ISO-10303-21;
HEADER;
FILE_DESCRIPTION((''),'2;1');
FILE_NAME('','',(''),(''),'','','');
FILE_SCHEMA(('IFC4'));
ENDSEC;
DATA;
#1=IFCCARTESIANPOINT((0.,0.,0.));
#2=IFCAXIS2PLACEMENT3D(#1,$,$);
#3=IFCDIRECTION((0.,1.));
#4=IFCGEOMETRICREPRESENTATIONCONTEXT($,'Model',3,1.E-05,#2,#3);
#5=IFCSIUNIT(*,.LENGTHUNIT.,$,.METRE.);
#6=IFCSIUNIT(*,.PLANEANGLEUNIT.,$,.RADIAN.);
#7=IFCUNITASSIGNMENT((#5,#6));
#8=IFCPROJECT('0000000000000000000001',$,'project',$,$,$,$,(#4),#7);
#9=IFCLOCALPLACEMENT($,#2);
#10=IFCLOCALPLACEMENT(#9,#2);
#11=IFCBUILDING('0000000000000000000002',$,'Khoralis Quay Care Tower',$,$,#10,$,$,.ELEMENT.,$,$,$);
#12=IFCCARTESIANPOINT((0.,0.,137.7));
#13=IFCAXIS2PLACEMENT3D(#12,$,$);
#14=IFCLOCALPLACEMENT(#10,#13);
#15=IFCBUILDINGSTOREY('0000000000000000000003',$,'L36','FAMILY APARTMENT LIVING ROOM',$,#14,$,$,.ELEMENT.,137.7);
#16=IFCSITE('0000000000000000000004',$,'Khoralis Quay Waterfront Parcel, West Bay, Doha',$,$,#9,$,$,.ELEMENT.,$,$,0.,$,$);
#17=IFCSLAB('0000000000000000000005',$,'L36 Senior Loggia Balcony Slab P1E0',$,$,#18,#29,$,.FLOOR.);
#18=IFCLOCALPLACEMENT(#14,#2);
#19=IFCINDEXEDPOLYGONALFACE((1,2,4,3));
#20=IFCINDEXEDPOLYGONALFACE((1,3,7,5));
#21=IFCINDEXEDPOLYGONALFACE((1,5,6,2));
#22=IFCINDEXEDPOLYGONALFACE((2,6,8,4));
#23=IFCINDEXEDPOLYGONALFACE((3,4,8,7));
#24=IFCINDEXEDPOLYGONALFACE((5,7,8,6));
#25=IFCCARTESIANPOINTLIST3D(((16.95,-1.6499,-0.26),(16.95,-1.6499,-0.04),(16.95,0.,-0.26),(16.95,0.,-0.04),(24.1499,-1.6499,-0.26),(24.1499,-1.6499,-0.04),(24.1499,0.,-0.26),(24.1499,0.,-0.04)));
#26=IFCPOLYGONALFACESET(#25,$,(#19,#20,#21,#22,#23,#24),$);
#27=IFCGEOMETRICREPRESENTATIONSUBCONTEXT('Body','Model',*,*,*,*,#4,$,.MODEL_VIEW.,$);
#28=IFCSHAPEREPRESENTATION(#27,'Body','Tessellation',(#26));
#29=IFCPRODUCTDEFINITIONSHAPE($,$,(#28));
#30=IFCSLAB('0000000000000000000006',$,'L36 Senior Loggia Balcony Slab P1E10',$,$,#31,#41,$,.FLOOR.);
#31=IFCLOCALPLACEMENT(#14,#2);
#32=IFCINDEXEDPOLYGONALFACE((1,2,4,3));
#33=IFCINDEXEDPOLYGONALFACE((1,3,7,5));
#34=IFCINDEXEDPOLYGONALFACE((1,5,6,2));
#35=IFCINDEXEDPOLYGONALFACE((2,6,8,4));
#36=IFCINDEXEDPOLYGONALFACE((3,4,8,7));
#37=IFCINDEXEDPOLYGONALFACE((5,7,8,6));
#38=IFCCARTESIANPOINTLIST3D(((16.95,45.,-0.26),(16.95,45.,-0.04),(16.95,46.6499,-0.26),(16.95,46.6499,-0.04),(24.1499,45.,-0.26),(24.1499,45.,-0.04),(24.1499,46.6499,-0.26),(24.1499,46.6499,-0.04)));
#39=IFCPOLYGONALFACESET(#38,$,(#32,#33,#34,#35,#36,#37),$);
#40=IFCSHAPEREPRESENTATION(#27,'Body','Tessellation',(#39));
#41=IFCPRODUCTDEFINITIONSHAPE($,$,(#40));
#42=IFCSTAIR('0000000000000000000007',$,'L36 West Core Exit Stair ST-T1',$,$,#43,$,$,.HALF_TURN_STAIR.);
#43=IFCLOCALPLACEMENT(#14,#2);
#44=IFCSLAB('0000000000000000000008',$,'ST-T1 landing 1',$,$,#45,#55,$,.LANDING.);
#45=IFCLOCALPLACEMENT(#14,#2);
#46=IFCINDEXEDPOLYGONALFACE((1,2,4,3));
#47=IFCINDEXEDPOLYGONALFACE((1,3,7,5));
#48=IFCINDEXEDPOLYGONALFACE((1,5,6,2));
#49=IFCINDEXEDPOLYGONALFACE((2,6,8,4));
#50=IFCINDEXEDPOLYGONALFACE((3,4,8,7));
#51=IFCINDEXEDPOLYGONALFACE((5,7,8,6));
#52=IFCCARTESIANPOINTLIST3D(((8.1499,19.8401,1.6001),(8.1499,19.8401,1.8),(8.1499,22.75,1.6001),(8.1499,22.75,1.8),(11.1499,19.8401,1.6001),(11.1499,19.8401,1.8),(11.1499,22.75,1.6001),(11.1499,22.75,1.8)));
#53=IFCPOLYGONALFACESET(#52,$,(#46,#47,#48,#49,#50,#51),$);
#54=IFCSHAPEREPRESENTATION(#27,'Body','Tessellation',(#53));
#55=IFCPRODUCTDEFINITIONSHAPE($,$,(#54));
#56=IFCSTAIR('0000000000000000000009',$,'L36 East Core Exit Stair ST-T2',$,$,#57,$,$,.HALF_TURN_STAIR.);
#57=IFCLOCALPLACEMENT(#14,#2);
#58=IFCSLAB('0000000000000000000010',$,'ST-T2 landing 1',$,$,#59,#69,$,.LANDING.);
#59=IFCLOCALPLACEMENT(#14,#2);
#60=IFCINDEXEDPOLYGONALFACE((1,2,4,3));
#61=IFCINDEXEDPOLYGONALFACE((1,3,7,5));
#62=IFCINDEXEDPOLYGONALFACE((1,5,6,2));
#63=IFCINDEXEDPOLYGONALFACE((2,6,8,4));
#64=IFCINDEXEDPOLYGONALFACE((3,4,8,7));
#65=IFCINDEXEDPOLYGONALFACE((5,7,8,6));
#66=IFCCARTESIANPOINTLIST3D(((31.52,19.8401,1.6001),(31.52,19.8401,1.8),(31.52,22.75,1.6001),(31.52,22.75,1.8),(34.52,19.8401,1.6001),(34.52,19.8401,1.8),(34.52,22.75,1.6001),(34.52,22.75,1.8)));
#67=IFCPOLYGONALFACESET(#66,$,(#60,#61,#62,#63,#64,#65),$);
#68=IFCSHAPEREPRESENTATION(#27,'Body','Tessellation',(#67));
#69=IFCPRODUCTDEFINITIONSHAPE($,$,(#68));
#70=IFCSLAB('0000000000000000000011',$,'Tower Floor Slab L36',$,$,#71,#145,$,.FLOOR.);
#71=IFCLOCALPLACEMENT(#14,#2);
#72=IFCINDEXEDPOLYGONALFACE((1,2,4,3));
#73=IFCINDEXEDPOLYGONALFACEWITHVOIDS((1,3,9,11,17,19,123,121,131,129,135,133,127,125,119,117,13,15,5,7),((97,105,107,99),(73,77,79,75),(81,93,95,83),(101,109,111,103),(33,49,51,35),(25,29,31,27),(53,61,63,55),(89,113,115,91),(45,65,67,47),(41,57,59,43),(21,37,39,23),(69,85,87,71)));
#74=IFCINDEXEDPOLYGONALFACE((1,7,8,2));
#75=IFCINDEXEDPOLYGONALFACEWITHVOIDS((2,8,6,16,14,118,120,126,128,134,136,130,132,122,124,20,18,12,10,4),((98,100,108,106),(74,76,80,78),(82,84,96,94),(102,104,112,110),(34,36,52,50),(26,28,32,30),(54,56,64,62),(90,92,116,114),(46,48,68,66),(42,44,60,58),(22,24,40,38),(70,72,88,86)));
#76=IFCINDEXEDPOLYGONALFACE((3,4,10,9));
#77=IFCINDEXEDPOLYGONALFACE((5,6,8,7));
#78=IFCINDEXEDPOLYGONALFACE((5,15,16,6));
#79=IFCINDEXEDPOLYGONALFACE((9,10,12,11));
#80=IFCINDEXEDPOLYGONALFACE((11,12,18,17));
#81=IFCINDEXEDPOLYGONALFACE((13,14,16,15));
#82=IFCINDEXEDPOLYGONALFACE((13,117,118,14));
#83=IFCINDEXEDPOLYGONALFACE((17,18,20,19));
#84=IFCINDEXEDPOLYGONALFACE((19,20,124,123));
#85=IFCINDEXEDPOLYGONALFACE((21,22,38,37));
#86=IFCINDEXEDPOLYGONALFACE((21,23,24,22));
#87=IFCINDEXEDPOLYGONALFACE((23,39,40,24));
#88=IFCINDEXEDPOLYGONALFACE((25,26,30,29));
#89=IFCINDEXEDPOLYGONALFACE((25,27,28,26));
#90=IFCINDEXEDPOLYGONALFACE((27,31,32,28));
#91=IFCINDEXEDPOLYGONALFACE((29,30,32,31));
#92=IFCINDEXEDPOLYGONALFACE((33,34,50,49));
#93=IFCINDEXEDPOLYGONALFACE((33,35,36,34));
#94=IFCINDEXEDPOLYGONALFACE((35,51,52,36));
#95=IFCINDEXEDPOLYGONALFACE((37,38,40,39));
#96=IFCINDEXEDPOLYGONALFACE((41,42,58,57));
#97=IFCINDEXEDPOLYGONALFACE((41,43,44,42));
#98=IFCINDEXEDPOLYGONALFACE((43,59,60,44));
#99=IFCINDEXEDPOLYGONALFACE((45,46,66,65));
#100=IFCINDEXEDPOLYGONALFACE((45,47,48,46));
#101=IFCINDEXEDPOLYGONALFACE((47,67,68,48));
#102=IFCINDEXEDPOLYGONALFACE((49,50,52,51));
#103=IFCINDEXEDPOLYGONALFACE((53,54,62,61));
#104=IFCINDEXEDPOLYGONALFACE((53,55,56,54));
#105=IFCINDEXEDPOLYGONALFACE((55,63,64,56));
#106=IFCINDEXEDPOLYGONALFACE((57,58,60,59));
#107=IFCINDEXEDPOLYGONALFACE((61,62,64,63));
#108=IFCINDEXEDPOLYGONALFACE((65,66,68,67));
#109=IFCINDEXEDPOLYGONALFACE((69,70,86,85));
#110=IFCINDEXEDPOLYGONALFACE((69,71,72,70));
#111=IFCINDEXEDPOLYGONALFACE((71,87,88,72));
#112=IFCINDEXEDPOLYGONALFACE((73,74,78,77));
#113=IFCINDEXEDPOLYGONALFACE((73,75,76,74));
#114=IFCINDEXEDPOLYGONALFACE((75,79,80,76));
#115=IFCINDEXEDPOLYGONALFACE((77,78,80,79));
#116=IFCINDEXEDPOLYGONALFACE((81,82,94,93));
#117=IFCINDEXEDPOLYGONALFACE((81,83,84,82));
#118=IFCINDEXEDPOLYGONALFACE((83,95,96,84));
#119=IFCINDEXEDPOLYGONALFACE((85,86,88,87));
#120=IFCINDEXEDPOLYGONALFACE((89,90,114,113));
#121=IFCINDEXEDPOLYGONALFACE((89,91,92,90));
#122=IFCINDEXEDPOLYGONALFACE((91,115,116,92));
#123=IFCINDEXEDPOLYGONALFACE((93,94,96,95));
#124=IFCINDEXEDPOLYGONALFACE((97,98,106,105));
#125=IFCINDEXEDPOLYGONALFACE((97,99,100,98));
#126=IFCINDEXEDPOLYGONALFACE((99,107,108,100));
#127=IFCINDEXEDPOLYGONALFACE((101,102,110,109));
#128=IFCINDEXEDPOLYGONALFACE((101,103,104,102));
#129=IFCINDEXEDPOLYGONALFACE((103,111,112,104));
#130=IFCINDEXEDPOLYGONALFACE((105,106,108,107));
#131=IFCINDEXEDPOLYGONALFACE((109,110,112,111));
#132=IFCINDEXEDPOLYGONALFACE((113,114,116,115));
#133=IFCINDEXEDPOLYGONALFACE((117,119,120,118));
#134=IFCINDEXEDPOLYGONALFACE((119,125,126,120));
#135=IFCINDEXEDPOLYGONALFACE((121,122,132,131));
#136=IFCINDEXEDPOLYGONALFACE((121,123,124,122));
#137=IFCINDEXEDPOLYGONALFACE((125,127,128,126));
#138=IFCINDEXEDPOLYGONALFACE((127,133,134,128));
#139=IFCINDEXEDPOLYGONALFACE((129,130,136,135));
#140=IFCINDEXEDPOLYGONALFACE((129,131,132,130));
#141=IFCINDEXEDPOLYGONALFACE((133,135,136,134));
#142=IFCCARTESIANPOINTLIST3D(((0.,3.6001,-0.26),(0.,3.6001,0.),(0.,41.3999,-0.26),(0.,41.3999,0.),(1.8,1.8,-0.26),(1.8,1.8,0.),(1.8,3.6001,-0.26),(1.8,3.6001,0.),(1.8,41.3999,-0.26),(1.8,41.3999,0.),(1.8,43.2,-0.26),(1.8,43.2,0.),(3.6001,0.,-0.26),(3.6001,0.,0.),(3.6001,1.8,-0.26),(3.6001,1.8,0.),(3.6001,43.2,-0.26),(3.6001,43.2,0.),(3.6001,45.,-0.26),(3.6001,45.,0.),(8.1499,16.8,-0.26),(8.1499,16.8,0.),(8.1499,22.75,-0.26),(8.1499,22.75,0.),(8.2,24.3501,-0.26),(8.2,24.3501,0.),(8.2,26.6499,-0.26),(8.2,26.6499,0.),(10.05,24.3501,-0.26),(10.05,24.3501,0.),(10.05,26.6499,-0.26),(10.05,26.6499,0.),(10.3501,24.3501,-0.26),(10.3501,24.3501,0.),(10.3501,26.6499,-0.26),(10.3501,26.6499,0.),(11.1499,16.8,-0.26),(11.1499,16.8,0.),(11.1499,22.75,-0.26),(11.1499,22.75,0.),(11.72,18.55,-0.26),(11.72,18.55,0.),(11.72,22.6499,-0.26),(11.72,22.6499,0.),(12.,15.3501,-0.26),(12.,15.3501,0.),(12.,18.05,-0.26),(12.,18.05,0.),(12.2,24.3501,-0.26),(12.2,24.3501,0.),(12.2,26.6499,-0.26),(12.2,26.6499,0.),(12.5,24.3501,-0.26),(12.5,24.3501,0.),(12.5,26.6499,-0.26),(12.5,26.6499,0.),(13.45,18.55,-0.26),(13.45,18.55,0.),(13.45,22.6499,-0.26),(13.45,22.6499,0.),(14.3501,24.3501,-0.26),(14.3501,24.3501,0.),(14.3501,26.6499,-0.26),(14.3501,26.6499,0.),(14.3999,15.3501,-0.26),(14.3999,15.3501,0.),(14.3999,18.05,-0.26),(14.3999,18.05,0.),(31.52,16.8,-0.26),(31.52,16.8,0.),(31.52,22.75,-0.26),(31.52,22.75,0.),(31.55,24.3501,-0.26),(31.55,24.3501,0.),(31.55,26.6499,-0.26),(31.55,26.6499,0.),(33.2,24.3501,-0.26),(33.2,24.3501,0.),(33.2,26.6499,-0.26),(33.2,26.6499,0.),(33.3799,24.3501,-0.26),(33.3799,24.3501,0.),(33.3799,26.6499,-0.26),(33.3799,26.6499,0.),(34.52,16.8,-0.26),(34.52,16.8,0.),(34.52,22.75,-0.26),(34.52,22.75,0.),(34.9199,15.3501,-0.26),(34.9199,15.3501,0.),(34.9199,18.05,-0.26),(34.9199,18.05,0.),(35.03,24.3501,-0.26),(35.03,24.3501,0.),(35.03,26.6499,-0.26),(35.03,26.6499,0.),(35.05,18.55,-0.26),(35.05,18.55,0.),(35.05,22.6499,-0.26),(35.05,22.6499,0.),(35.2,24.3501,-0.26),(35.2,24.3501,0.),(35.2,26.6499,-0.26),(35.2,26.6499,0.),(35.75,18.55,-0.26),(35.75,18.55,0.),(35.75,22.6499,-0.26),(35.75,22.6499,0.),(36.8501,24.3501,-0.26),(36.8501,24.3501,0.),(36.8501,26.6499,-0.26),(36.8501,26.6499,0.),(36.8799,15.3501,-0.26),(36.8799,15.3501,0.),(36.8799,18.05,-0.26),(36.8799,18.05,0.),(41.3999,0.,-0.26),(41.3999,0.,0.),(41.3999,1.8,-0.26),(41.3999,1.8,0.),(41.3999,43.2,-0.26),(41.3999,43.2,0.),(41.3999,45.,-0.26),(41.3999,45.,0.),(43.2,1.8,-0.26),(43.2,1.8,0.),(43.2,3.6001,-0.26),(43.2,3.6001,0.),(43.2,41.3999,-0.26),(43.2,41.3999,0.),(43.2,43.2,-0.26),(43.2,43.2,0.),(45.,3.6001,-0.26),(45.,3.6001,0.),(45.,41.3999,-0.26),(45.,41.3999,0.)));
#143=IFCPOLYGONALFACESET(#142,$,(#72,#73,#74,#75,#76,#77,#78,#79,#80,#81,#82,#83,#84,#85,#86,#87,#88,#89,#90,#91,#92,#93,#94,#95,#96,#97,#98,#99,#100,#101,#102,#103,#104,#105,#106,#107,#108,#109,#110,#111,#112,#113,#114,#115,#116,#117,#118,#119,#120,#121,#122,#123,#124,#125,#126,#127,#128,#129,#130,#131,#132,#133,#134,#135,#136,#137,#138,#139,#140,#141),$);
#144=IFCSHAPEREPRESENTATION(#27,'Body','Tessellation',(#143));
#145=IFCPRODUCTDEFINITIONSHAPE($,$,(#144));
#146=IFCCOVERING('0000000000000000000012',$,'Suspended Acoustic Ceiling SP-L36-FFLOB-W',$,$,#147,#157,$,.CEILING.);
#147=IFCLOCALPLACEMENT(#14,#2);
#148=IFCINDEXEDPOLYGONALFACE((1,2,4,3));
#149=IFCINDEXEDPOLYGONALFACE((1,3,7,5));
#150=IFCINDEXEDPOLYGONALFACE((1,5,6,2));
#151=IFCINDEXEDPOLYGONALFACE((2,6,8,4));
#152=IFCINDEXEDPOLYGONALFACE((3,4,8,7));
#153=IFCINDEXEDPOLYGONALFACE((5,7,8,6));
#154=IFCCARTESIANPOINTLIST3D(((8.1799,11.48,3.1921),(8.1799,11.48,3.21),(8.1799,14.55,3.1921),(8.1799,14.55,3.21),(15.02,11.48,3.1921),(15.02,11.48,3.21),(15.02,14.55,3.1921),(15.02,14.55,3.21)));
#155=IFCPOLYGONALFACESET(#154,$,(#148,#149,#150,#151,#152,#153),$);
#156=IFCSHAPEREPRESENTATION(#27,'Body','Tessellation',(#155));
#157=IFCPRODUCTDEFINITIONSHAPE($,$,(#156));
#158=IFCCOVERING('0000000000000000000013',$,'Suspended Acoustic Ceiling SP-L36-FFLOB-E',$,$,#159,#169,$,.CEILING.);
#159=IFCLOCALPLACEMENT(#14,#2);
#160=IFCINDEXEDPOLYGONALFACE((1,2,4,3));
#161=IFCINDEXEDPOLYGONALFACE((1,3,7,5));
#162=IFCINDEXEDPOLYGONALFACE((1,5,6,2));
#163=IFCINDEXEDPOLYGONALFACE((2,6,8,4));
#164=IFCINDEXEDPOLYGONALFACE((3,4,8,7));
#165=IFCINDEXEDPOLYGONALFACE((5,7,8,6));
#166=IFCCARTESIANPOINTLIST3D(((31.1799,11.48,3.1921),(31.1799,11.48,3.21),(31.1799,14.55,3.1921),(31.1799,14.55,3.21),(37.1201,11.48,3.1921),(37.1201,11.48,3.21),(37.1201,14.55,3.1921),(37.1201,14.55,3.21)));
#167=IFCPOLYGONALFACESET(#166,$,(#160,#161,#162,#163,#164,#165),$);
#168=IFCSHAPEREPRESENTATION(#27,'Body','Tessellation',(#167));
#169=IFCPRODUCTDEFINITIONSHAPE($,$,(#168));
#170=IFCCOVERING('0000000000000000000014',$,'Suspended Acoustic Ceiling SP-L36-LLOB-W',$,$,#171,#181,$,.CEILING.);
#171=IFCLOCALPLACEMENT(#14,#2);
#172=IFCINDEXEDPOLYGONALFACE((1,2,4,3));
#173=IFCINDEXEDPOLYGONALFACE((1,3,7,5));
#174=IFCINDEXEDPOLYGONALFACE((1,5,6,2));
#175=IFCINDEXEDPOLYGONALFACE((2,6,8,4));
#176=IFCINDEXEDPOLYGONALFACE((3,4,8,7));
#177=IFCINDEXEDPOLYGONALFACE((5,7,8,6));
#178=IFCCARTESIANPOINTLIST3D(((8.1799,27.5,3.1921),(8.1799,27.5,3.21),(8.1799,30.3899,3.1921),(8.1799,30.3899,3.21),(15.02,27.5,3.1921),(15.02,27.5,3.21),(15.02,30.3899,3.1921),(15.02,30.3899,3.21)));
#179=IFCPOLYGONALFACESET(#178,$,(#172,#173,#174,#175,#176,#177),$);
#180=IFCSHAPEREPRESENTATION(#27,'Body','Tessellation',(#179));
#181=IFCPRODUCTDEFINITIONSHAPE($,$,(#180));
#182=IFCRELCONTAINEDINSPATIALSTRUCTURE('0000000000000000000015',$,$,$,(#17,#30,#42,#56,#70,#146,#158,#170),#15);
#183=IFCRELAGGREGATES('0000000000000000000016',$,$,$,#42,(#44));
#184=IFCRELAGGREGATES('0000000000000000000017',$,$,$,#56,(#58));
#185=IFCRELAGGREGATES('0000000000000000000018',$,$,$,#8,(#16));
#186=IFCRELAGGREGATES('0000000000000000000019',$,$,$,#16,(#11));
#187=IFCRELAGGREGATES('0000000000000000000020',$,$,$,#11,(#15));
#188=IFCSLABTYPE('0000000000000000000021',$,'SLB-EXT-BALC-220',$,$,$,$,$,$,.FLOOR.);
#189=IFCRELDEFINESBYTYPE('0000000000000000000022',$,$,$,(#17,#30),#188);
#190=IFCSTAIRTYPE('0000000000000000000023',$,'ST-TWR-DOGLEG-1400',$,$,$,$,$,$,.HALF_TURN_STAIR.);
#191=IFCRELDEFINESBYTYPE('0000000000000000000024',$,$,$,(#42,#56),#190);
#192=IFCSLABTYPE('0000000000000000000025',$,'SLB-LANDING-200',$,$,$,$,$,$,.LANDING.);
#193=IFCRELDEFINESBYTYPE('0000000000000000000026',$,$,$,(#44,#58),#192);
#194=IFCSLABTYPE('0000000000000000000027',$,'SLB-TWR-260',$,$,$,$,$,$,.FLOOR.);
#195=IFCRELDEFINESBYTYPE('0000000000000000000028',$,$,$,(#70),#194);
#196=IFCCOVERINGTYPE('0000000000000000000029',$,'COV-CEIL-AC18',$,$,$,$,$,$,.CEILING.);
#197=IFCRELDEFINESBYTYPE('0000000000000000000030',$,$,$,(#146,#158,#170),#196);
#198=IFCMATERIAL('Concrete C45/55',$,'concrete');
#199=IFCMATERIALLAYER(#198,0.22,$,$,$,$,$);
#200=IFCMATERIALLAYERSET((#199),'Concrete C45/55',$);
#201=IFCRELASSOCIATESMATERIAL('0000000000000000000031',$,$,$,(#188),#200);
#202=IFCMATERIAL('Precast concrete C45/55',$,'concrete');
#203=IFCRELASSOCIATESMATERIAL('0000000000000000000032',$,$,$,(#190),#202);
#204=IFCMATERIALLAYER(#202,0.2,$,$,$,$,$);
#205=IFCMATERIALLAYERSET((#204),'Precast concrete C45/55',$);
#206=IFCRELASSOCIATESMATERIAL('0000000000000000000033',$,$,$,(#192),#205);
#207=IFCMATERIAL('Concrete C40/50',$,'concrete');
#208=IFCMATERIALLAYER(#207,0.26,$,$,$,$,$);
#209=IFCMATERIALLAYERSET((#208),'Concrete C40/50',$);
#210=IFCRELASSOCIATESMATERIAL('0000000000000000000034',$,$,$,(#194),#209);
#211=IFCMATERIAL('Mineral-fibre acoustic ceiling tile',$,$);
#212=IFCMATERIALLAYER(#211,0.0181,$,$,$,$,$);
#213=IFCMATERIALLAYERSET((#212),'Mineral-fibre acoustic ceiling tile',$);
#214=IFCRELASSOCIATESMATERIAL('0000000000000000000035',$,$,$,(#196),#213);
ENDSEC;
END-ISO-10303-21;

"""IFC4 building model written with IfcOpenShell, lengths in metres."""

from ifc_helpers import new_model, si_unit, direction, frame, origin, place, context, subcontext, project, spatial, polyline, outline, extrude, material, layer, layer_set, type_object, element, aggregate, save


model = new_model("IFC4")

# Units and contexts
model_context = context("Model", 3, precision=1e-05, world=origin(), true_north=direction((0.0, 1.0)))
body_context = subcontext(model_context, "Body", "Model", "MODEL_VIEW")
ifc_project = project(units=[si_unit("LENGTHUNIT", "METRE"), si_unit("PLANEANGLEUNIT", "RADIAN")], contexts=[model_context])

# Site, building, storey
site_placement = place(None, origin())
site = spatial("IfcSite", under=ifc_project, at=site_placement, Name="Khoralis Quay Waterfront Parcel, West Bay, Doha", CompositionType="ELEMENT", RefElevation=0.0)
building_placement = place(site_placement, origin())
building = spatial("IfcBuilding", under=site, at=building_placement, Name="Khoralis Quay Care Tower", CompositionType="ELEMENT")
storey_placement = place(building_placement, frame((0.0, 0.0, 137.7)))
storey = spatial("IfcBuildingStorey", under=building, at=storey_placement, Name="L36", Description="FAMILY APARTMENT LIVING ROOM", CompositionType="ELEMENT", Elevation=137.7)

# Slabs
ifc_material_1 = material(Name="Concrete C45/55", Category="concrete")
ifc_layer_1 = layer(ifc_material_1, 0.22)
ifc_layer_set_1 = layer_set([ifc_layer_1], Name="Concrete C45/55")
slab_type_1 = type_object("IfcSlabType", Name="SLB-EXT-BALC-220", PredefinedType="FLOOR", material=ifc_layer_set_1)
slab_1_placement = place(storey_placement, frame((0.0, 0.0, -0.26)))
element("IfcSlab", 1, at=slab_1_placement, inside=storey, type_object=slab_type_1, Name="L36 Senior Loggia Balcony Slab P1E0", PredefinedType="FLOOR", context=body_context, shape_type="SweptSolid", body=[
    extrude(outline(polyline([(16.95, -1.6499), (24.1499, -1.6499), (24.1499, 0.0), (16.95, 0.0), (16.95, -1.6499)])), origin(), (0.0, 0.0, 1.0), 0.22),
])
slab_2_placement = place(storey_placement, frame((0.0, 0.0, -0.26)))
element("IfcSlab", 2, at=slab_2_placement, inside=storey, type_object=slab_type_1, Name="L36 Senior Loggia Balcony Slab P1E10", PredefinedType="FLOOR", context=body_context, shape_type="SweptSolid", body=[
    extrude(outline(polyline([(16.95, 45.0), (24.1499, 45.0), (24.1499, 46.6499), (16.95, 46.6499), (16.95, 45.0)])), origin(), (0.0, 0.0, 1.0), 0.22),
])

# Stairs, slabs
ifc_material_2 = material(Name="Precast concrete C45/55", Category="concrete")
stair_type = type_object("IfcStairType", Name="ST-TWR-DOGLEG-1400", PredefinedType="HALF_TURN_STAIR", material=ifc_material_2)
stair_1_placement = place(storey_placement, origin())
stair_1 = element("IfcStair", 3, at=stair_1_placement, inside=storey, type_object=stair_type, Name="L36 West Core Exit Stair ST-T1", PredefinedType="HALF_TURN_STAIR")
ifc_layer_2 = layer(ifc_material_2, 0.2)
ifc_layer_set_2 = layer_set([ifc_layer_2], Name="Precast concrete C45/55")
slab_type_2 = type_object("IfcSlabType", Name="SLB-LANDING-200", PredefinedType="LANDING", material=ifc_layer_set_2)
slab_3_placement = place(storey_placement, frame((0.0, 0.0, 1.6001)))
slab_3 = element("IfcSlab", 4, at=slab_3_placement, type_object=slab_type_2, Name="ST-T1 landing 1", PredefinedType="LANDING", context=body_context, shape_type="SweptSolid", body=[
    extrude(outline(polyline([(11.1499, 19.8401), (11.1499, 22.75), (8.1499, 22.75), (8.1499, 19.8401), (11.1499, 19.8401)])), origin(), (0.0, 0.0, 1.0), 0.2),
])
aggregate(stair_1, [slab_3])
stair_2_placement = place(storey_placement, origin())
stair_2 = element("IfcStair", 5, at=stair_2_placement, inside=storey, type_object=stair_type, Name="L36 East Core Exit Stair ST-T2", PredefinedType="HALF_TURN_STAIR")
slab_4_placement = place(storey_placement, frame((0.0, 0.0, 1.6001)))
slab_4 = element("IfcSlab", 6, at=slab_4_placement, type_object=slab_type_2, Name="ST-T2 landing 1", PredefinedType="LANDING", context=body_context, shape_type="SweptSolid", body=[
    extrude(outline(polyline([(34.52, 19.8401), (34.52, 22.75), (31.52, 22.75), (31.52, 19.8401), (34.52, 19.8401)])), origin(), (0.0, 0.0, 1.0), 0.2),
])
aggregate(stair_2, [slab_4])

# Slab
ifc_material_3 = material(Name="Concrete C40/50", Category="concrete")
ifc_layer_3 = layer(ifc_material_3, 0.26)
ifc_layer_set_3 = layer_set([ifc_layer_3], Name="Concrete C40/50")
slab_type_3 = type_object("IfcSlabType", Name="SLB-TWR-260", PredefinedType="FLOOR", material=ifc_layer_set_3)
slab_5_placement = place(storey_placement, frame((0.0, 0.0, -0.26)))
element("IfcSlab", 7, at=slab_5_placement, inside=storey, type_object=slab_type_3, Name="Tower Floor Slab L36", PredefinedType="FLOOR", context=body_context, shape_type="SweptSolid", body=[
    extrude(outline(polyline([(3.6001, 0.0), (41.3999, 0.0), (41.3999, 1.8), (43.2, 1.8), (43.2, 3.6001), (45.0, 3.6001), (45.0, 41.3999), (43.2, 41.3999), (43.2, 43.2), (41.3999, 43.2), (41.3999, 45.0), (3.6001, 45.0), (3.6001, 43.2), (1.8, 43.2), (1.8, 41.3999), (0.0, 41.3999), (0.0, 3.6001), (1.8, 3.6001), (1.8, 1.8), (3.6001, 1.8), (3.6001, 0.0)]), holes=[polyline([(11.1499, 16.8), (11.1499, 22.75), (8.1499, 22.75), (8.1499, 16.8), (11.1499, 16.8)]), polyline([(34.52, 16.8), (34.52, 22.75), (31.52, 22.75), (31.52, 16.8), (34.52, 16.8)]), polyline([(12.0, 15.3501), (14.3999, 15.3501), (14.3999, 18.05), (12.0, 18.05), (12.0, 15.3501)]), polyline([(34.9199, 15.3501), (36.8799, 15.3501), (36.8799, 18.05), (34.9199, 18.05), (34.9199, 15.3501)]), polyline([(8.2, 24.3501), (10.05, 24.3501), (10.05, 26.6499), (8.2, 26.6499), (8.2, 24.3501)]), polyline([(31.55, 24.3501), (33.2, 24.3501), (33.2, 26.6499), (31.55, 26.6499), (31.55, 24.3501)]), polyline([(10.3501, 24.3501), (12.2, 24.3501), (12.2, 26.6499), (10.3501, 26.6499), (10.3501, 24.3501)]), polyline([(33.3799, 24.3501), (35.03, 24.3501), (35.03, 26.6499), (33.3799, 26.6499), (33.3799, 24.3501)]), polyline([(12.5, 24.3501), (14.3501, 24.3501), (14.3501, 26.6499), (12.5, 26.6499), (12.5, 24.3501)]), polyline([(35.2, 24.3501), (36.8501, 24.3501), (36.8501, 26.6499), (35.2, 26.6499), (35.2, 24.3501)]), polyline([(11.72, 18.55), (13.45, 18.55), (13.45, 22.6499), (11.72, 22.6499), (11.72, 18.55)]), polyline([(35.05, 18.55), (35.75, 18.55), (35.75, 22.6499), (35.05, 22.6499), (35.05, 18.55)])]), origin(), (0.0, 0.0, 1.0), 0.26),
])

# Coverings
ifc_material_4 = material(Name="Mineral-fibre acoustic ceiling tile")
ifc_layer_4 = layer(ifc_material_4, 0.0181)
ifc_layer_set_4 = layer_set([ifc_layer_4], Name="Mineral-fibre acoustic ceiling tile")
covering_type_1 = type_object("IfcCoveringType", Name="COV-CEIL-AC18", PredefinedType="CEILING", material=ifc_layer_set_4)
covering_1_placement = place(storey_placement, frame((0.0, 0.0, 3.1921)))
element("IfcCovering", 8, at=covering_1_placement, inside=storey, type_object=covering_type_1, Name="Suspended Acoustic Ceiling SP-L36-FFLOB-W", PredefinedType="CEILING", context=body_context, shape_type="SweptSolid", body=[
    extrude(outline(polyline([(8.1799, 11.48), (15.02, 11.48), (15.02, 14.55), (8.1799, 14.55), (8.1799, 11.48)])), origin(), (0.0, 0.0, 1.0), 0.0178),
])
covering_2_placement = place(storey_placement, frame((0.0, 0.0, 3.1921)))
element("IfcCovering", 9, at=covering_2_placement, inside=storey, type_object=covering_type_1, Name="Suspended Acoustic Ceiling SP-L36-FFLOB-E", PredefinedType="CEILING", context=body_context, shape_type="SweptSolid", body=[
    extrude(outline(polyline([(31.1799, 11.48), (37.1201, 11.48), (37.1201, 14.55), (31.1799, 14.55), (31.1799, 11.48)])), origin(), (0.0, 0.0, 1.0), 0.0178),
])
covering_3_placement = place(storey_placement, frame((0.0, 0.0, 3.1921)))
element("IfcCovering", 10, at=covering_3_placement, inside=storey, type_object=covering_type_1, Name="Suspended Acoustic Ceiling SP-L36-LLOB-W", PredefinedType="CEILING", context=body_context, shape_type="SweptSolid", body=[
    extrude(outline(polyline([(8.1799, 27.5), (15.02, 27.5), (15.02, 30.3899), (8.1799, 30.3899), (8.1799, 27.5)])), origin(), (0.0, 0.0, 1.0), 0.0178),
])

save(model, "model.ifc")
